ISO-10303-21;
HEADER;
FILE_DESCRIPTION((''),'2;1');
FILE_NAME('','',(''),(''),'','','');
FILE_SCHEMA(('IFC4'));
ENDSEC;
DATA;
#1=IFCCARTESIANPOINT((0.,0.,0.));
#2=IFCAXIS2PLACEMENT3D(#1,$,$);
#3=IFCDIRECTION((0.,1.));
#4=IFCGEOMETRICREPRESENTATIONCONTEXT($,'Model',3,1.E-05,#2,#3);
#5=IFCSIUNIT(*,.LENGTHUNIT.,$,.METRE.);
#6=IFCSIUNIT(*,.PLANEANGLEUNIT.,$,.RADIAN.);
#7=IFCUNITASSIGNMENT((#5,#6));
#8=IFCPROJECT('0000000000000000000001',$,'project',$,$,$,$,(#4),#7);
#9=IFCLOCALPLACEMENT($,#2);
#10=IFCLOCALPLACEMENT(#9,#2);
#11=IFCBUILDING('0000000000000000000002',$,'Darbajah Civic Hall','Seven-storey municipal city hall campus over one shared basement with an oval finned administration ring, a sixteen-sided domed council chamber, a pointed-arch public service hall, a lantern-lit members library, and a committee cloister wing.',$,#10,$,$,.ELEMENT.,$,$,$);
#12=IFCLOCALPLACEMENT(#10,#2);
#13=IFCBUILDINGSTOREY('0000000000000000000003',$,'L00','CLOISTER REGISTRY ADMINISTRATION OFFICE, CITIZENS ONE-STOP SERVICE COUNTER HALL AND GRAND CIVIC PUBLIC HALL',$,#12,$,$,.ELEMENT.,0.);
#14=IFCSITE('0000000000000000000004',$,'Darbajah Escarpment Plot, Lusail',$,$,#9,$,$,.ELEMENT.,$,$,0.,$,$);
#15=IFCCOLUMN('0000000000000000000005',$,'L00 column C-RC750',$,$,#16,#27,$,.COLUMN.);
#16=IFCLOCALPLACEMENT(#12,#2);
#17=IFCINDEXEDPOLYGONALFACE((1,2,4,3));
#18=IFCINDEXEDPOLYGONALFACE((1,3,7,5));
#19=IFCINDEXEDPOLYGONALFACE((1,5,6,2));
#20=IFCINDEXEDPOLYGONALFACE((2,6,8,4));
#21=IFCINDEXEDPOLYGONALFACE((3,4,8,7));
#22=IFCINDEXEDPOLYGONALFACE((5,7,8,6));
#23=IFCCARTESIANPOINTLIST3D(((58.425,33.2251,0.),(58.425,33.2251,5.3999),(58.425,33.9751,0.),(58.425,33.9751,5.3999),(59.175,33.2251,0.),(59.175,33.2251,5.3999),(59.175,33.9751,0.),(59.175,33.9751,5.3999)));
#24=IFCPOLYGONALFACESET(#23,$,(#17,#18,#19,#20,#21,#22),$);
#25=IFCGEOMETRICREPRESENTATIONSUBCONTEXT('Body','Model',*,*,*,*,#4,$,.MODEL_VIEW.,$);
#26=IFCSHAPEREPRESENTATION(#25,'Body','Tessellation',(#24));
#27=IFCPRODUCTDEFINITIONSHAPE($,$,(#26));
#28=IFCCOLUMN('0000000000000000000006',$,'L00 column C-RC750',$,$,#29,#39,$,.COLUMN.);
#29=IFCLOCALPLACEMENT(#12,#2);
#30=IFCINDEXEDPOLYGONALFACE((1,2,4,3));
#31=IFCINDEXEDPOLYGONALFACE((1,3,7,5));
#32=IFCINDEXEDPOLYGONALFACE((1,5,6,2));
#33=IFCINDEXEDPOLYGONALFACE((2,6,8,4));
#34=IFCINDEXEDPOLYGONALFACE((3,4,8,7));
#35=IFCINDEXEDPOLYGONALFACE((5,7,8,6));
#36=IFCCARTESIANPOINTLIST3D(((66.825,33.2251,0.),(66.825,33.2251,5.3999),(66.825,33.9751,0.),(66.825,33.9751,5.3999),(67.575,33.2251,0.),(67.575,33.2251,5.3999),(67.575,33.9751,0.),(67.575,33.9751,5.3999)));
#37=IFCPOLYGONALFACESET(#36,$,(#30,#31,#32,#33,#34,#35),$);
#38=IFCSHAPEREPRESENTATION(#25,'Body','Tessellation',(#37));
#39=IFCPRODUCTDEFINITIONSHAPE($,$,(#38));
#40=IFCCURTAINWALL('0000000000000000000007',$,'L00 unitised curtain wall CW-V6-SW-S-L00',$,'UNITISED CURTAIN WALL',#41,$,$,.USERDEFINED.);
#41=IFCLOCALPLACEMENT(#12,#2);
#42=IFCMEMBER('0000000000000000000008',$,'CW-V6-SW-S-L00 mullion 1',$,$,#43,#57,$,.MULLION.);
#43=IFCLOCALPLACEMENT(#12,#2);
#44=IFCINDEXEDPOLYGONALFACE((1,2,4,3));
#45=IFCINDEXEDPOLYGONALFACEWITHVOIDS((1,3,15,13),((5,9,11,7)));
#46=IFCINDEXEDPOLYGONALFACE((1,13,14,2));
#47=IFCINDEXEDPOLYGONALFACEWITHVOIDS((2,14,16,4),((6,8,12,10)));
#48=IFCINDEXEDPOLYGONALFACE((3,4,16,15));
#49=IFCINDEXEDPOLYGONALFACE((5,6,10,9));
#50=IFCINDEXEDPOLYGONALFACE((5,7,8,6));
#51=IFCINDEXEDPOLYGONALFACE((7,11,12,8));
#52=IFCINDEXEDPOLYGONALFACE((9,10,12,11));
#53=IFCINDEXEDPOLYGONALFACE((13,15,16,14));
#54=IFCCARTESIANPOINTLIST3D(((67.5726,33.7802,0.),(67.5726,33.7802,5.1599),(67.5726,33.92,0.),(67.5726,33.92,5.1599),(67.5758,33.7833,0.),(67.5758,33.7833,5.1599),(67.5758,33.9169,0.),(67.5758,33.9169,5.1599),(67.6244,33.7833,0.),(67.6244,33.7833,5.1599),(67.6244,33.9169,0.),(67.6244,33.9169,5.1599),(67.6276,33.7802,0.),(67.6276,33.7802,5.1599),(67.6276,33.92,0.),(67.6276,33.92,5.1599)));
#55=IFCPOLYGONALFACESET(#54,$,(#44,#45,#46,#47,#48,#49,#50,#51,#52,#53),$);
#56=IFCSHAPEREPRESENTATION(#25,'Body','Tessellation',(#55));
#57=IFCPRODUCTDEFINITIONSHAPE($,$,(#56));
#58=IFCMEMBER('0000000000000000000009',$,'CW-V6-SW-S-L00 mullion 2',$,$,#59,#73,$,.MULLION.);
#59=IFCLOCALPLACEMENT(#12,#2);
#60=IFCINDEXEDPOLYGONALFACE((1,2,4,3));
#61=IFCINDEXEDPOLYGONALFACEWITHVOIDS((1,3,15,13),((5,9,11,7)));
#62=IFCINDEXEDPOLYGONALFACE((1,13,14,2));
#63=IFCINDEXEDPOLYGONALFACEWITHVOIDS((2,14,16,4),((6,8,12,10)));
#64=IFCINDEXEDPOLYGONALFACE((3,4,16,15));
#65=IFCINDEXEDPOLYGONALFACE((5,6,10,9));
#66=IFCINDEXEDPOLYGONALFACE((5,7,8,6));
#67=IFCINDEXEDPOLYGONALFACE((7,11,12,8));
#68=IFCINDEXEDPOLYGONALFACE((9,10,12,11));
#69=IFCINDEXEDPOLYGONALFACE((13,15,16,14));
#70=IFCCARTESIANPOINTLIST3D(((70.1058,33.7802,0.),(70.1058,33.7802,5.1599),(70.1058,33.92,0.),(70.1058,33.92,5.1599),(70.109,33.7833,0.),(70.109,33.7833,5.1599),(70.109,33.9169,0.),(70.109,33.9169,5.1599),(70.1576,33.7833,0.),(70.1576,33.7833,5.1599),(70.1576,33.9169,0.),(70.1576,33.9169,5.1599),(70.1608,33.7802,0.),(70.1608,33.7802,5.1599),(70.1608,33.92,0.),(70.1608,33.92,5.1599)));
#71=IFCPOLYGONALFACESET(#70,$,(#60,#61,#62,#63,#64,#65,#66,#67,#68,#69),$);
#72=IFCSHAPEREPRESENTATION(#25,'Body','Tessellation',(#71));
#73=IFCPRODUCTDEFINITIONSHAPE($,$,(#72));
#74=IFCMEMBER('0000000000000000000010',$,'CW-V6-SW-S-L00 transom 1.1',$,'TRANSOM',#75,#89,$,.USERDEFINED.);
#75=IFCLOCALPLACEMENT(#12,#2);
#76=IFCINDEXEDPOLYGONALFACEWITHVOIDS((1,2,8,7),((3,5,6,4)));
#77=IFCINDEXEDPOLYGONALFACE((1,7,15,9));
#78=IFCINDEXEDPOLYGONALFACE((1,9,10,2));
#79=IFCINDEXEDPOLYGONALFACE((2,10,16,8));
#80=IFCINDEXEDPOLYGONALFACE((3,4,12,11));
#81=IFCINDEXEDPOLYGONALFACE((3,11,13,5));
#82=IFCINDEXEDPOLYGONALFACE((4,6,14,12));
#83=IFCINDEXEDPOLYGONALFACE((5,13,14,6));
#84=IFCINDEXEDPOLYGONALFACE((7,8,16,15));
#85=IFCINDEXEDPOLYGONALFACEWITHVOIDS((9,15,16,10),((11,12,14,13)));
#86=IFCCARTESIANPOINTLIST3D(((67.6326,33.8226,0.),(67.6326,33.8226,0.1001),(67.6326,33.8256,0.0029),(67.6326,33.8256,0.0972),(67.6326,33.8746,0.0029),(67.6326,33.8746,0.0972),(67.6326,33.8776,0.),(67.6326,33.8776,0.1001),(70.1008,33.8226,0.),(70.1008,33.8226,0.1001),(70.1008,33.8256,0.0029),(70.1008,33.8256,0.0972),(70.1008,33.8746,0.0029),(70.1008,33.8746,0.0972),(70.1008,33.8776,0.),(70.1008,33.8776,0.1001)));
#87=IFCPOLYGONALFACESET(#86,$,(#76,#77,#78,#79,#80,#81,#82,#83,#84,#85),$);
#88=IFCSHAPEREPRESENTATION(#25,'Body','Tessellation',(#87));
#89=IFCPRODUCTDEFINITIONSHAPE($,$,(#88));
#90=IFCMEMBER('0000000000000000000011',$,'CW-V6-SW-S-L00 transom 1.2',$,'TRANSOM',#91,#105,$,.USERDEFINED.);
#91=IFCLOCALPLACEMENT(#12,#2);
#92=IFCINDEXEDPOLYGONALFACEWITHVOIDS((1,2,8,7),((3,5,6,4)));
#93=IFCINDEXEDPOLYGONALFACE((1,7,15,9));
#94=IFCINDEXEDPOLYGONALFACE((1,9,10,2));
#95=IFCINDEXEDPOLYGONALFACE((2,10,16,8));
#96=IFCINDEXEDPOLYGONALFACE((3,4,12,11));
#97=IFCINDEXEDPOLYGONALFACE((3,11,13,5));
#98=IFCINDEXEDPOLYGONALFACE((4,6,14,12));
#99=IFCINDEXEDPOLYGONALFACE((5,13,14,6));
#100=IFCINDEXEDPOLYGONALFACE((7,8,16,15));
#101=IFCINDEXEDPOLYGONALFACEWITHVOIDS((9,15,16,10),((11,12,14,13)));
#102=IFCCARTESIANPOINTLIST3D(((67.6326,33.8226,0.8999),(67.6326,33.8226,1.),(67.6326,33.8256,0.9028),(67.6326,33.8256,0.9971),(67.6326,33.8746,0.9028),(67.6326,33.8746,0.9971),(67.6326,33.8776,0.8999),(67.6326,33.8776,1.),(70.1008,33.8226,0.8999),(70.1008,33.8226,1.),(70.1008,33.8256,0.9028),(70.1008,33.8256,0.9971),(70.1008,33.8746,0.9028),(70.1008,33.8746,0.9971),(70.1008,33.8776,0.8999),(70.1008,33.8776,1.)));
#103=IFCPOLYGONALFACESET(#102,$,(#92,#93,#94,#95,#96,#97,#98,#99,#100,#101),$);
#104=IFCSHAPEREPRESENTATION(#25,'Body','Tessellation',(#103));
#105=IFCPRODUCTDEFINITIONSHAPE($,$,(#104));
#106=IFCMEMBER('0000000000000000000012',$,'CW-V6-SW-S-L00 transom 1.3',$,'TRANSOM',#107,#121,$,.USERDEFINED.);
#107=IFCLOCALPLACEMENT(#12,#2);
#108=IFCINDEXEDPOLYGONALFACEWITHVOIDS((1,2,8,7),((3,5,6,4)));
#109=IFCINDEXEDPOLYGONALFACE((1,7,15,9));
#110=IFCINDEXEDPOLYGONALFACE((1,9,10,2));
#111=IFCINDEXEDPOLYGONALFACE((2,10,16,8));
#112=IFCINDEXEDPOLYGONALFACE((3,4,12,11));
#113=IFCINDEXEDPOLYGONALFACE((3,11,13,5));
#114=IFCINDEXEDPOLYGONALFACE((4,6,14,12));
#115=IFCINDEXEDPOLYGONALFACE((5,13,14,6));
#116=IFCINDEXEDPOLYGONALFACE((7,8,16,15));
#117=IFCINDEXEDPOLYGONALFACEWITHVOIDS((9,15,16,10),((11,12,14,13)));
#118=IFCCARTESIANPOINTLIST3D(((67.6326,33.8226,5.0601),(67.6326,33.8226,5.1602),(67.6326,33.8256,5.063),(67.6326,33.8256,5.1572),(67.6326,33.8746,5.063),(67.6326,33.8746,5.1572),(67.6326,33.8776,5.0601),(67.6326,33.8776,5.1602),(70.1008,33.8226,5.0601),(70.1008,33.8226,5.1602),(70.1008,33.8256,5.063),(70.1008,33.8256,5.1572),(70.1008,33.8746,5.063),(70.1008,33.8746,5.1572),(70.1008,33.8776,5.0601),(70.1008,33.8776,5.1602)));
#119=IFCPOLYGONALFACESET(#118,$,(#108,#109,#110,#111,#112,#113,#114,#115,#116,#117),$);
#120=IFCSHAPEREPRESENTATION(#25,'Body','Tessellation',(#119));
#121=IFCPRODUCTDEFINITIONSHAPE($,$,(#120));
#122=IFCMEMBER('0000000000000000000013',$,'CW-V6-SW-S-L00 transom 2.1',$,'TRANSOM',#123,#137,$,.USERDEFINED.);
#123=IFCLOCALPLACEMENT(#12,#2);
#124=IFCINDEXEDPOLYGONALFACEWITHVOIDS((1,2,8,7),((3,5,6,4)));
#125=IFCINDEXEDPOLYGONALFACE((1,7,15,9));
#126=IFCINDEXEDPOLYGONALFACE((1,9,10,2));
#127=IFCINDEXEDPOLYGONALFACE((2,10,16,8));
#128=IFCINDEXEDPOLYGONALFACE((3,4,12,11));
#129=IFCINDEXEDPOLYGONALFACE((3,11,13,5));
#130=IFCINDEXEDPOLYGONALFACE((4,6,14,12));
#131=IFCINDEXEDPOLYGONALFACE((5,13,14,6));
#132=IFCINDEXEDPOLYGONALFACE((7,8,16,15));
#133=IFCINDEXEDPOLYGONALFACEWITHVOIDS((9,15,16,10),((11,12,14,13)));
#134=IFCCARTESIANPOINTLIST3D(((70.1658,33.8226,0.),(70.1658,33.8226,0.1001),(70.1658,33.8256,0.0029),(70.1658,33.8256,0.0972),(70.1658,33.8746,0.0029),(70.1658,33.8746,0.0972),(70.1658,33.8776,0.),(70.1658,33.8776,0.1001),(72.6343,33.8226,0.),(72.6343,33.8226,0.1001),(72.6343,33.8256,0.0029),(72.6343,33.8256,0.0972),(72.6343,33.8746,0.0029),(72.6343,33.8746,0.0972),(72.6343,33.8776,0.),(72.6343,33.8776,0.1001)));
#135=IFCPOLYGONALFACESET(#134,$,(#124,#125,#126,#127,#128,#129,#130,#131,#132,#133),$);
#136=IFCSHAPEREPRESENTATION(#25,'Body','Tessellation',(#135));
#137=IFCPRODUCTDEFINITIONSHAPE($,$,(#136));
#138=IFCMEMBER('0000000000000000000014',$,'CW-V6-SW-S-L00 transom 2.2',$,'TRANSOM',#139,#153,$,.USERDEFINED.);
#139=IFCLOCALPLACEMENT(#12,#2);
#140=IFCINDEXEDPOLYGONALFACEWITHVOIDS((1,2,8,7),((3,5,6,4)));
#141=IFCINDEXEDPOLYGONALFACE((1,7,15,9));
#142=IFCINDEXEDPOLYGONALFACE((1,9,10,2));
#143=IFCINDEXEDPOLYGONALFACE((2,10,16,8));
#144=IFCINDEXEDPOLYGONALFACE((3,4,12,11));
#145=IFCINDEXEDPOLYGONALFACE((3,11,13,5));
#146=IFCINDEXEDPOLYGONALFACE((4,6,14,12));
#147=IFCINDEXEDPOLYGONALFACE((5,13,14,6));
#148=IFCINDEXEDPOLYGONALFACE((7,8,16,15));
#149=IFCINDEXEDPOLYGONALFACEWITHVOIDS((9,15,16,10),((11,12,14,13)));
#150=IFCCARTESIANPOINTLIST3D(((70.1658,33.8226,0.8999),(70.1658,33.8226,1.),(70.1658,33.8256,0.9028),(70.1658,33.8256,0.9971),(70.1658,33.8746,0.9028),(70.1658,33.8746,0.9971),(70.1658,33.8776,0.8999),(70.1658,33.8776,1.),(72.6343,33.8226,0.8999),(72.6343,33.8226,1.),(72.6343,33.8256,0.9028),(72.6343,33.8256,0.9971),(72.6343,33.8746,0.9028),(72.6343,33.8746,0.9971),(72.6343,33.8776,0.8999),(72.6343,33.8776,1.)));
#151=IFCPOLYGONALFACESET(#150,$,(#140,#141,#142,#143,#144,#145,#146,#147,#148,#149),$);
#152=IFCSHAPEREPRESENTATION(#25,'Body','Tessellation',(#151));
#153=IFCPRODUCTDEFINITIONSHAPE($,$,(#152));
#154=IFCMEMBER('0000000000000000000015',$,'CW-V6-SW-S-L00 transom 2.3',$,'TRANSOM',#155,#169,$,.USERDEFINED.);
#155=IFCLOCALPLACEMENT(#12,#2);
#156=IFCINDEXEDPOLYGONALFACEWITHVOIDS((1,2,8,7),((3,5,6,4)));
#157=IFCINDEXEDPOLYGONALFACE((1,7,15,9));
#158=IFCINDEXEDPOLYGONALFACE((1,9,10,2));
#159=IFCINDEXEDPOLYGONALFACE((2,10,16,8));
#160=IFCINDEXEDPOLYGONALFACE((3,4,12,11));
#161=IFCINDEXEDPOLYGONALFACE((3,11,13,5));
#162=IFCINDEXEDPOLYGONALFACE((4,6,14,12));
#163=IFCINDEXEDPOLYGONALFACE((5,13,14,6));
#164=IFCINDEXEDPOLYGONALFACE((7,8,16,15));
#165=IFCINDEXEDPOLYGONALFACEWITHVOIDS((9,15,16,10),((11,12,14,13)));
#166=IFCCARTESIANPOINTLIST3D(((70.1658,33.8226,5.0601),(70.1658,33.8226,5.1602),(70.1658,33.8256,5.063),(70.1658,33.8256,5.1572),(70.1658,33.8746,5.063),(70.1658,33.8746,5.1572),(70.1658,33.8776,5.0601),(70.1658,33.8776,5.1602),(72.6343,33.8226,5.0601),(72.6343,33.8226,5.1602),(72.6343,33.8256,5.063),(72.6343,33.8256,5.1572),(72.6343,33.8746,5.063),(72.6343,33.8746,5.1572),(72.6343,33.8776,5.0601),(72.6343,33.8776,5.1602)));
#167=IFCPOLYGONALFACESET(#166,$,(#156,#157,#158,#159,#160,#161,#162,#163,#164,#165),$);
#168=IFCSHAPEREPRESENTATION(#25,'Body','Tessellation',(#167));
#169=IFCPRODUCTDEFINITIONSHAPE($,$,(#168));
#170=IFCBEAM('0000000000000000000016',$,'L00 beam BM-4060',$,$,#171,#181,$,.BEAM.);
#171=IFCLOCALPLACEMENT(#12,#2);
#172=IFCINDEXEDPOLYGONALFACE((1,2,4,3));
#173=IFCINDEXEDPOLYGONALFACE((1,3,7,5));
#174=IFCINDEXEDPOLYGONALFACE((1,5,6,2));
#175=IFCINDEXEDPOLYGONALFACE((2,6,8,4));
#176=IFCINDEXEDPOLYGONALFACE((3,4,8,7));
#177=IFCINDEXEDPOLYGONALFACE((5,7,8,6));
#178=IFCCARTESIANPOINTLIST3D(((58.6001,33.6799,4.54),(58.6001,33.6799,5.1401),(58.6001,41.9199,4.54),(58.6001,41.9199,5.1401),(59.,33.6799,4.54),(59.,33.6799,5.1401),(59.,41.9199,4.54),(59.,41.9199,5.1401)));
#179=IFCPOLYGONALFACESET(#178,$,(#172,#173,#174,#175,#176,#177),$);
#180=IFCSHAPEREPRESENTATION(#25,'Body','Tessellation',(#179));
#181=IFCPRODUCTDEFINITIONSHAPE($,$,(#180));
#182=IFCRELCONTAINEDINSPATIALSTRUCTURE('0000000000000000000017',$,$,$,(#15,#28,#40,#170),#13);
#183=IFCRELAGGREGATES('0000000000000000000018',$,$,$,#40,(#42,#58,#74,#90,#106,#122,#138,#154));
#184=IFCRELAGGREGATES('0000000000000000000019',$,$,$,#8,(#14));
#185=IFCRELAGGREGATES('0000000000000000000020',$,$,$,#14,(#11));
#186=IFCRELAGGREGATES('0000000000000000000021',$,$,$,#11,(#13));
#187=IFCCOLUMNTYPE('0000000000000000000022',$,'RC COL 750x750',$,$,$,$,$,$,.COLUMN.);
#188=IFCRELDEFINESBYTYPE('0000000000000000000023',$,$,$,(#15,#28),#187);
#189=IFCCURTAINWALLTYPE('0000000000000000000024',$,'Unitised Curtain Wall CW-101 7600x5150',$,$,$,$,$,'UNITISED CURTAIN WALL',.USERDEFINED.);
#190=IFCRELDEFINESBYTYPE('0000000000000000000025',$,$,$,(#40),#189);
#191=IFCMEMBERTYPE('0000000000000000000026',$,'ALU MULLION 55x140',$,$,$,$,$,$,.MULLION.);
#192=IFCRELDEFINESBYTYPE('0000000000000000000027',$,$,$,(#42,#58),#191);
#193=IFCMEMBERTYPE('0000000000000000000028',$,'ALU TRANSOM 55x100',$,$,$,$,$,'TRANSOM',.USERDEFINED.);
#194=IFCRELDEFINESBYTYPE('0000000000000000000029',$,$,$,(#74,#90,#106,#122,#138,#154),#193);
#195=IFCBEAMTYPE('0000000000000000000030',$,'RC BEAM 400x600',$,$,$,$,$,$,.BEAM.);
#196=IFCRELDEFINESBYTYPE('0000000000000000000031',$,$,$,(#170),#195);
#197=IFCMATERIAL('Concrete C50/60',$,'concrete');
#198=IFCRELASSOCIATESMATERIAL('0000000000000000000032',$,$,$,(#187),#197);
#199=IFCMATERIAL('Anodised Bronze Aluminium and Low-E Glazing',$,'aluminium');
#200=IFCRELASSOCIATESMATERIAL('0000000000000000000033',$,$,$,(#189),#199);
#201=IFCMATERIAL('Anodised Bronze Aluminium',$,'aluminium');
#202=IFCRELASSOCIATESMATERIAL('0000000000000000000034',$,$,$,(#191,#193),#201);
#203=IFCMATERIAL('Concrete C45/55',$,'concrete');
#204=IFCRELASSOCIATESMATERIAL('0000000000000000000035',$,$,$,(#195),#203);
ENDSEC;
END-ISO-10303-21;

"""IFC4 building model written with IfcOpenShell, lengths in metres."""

from ifc_helpers import new_model, si_unit, direction, frame, origin, origin_2d, place, context, subcontext, project, spatial, rectangle, hollow_rectangle, extrude, material, material_profile, profile_set, type_object, element, aggregate, save


model = new_model("IFC4")

# Units and contexts
model_context = context("Model", 3, precision=1e-05, world=origin(), true_north=direction((0.0, 1.0)))
body_context = subcontext(model_context, "Body", "Model", "MODEL_VIEW")
ifc_project = project(units=[si_unit("LENGTHUNIT", "METRE"), si_unit("PLANEANGLEUNIT", "RADIAN")], contexts=[model_context])

# Site, building, storey
site_placement = place(None, origin())
site = spatial("IfcSite", under=ifc_project, at=site_placement, Name="Darbajah Escarpment Plot, Lusail", CompositionType="ELEMENT", RefElevation=0.0)
building_placement = place(site_placement, origin())
building = spatial("IfcBuilding", under=site, at=building_placement, Name="Darbajah Civic Hall", Description="Seven-storey municipal city hall campus over one shared basement with an oval finned administration ring, a sixteen-sided domed council chamber, a pointed-arch public service hall, a lantern-lit members library, and a committee cloister wing.", CompositionType="ELEMENT")
storey_placement = place(building_placement, origin())
storey = spatial("IfcBuildingStorey", under=building, at=storey_placement, Name="L00", Description="CLOISTER REGISTRY ADMINISTRATION OFFICE, CITIZENS ONE-STOP SERVICE COUNTER HALL AND GRAND CIVIC PUBLIC HALL", CompositionType="ELEMENT", Elevation=0.0)

# Columns
ifc_material_1 = material(Name="Concrete C50/60", Category="concrete")
ifc_material_profile_1 = material_profile(ifc_material_1, rectangle(XDim=0.75, YDim=0.75, at=origin_2d()), Name="RC COL 750x750")
ifc_profile_set_1 = profile_set([ifc_material_profile_1], Name="Concrete C50/60")
column_type = type_object("IfcColumnType", Name="RC COL 750x750", PredefinedType="COLUMN", material=ifc_profile_set_1)
for number, where, z_axis, x_axis, name in (
    (1, (58.8, 33.6001, 0.0), (0.0, 0.0, 1.0), (1.0, 0.0, 0.0), "L00 column C-RC750"),
    (2, (67.2, 33.6001, 0.0), (0.0, 0.0, 1.0), (1.0, 0.0, 0.0), "L00 column C-RC750"),
):
    element("IfcColumn", number, at=place(storey_placement, frame(where, z_axis=z_axis, x_axis=x_axis)), inside=storey, type_object=column_type, Name=name, PredefinedType="COLUMN", context=body_context, shape_type="SweptSolid", body=[
        extrude(rectangle(XDim=0.75, YDim=0.75, at=origin_2d()), origin(), (0.0, 0.0, 1.0), 5.3999),
    ])

# Curtain wall, members
ifc_material_2 = material(Name="Anodised Bronze Aluminium and Low-E Glazing", Category="aluminium")
curtain_wall_type = type_object("IfcCurtainWallType", Name="Unitised Curtain Wall CW-101 7600x5150", ElementType="UNITISED CURTAIN WALL", PredefinedType="USERDEFINED", material=ifc_material_2)
curtain_wall_placement = place(storey_placement, origin())
curtain_wall = element("IfcCurtainWall", 3, at=curtain_wall_placement, inside=storey, type_object=curtain_wall_type, Name="L00 unitised curtain wall CW-V6-SW-S-L00", ObjectType="UNITISED CURTAIN WALL", PredefinedType="USERDEFINED")
ifc_material_3 = material(Name="Anodised Bronze Aluminium", Category="aluminium")
ifc_material_profile_2 = material_profile(ifc_material_3, hollow_rectangle(XDim=0.0549, YDim=0.1399, WallThickness=0.0032, at=origin_2d()), Name="ALU MULLION 55x140")
ifc_profile_set_2 = profile_set([ifc_material_profile_2], Name="Anodised Bronze Aluminium")
member_type_1 = type_object("IfcMemberType", Name="ALU MULLION 55x140", PredefinedType="MULLION", material=ifc_profile_set_2)
member_1_placement = place(storey_placement, frame((67.6001, 33.8501, 0.0), z_axis=(0.0, 0.0, 1.0), x_axis=(1.0, 0.0, 0.0)))
member_1 = element("IfcMember", 4, at=member_1_placement, type_object=member_type_1, Name="CW-V6-SW-S-L00 mullion 1", PredefinedType="MULLION", context=body_context, shape_type="SweptSolid", body=[
    extrude(hollow_rectangle(XDim=0.0549, YDim=0.1399, WallThickness=0.0032, at=origin_2d()), origin(), (0.0, 0.0, 1.0), 5.1599),
])
member_2_placement = place(storey_placement, frame((70.1333, 33.8501, 0.0), z_axis=(0.0, 0.0, 1.0), x_axis=(1.0, 0.0, 0.0)))
member_2 = element("IfcMember", 5, at=member_2_placement, type_object=member_type_1, Name="CW-V6-SW-S-L00 mullion 2", PredefinedType="MULLION", context=body_context, shape_type="SweptSolid", body=[
    extrude(hollow_rectangle(XDim=0.0549, YDim=0.1399, WallThickness=0.0032, at=origin_2d()), origin(), (0.0, 0.0, 1.0), 5.1599),
])
ifc_material_profile_3 = material_profile(ifc_material_3, hollow_rectangle(XDim=0.0549, YDim=0.1001, WallThickness=0.0029, at=origin_2d()), Name="ALU TRANSOM 55x100")
ifc_profile_set_3 = profile_set([ifc_material_profile_3], Name="Anodised Bronze Aluminium")
member_type_2 = type_object("IfcMemberType", Name="ALU TRANSOM 55x100", ElementType="TRANSOM", PredefinedType="USERDEFINED", material=ifc_profile_set_3)
member_3_placement = place(storey_placement, frame((67.6326, 33.8501, 0.05), z_axis=(1.0, 0.0, 0.0), x_axis=(0.0, 1.0, 0.0)))
member_3 = element("IfcMember", 6, at=member_3_placement, type_object=member_type_2, Name="CW-V6-SW-S-L00 transom 1.1", ObjectType="TRANSOM", PredefinedType="USERDEFINED", context=body_context, shape_type="SweptSolid", body=[
    extrude(hollow_rectangle(XDim=0.0549, YDim=0.1001, WallThickness=0.0029, at=origin_2d()), origin(), (0.0, 0.0, 1.0), 2.4683),
])
member_4_placement = place(storey_placement, frame((67.6326, 33.8501, 0.95), z_axis=(1.0, 0.0, 0.0), x_axis=(0.0, 1.0, 0.0)))
member_4 = element("IfcMember", 7, at=member_4_placement, type_object=member_type_2, Name="CW-V6-SW-S-L00 transom 1.2", ObjectType="TRANSOM", PredefinedType="USERDEFINED", context=body_context, shape_type="SweptSolid", body=[
    extrude(hollow_rectangle(XDim=0.0549, YDim=0.1001, WallThickness=0.0029, at=origin_2d()), origin(), (0.0, 0.0, 1.0), 2.4683),
])
member_5_placement = place(storey_placement, frame((67.6326, 33.8501, 5.1101), z_axis=(1.0, 0.0, 0.0), x_axis=(0.0, 1.0, 0.0)))
member_5 = element("IfcMember", 8, at=member_5_placement, type_object=member_type_2, Name="CW-V6-SW-S-L00 transom 1.3", ObjectType="TRANSOM", PredefinedType="USERDEFINED", context=body_context, shape_type="SweptSolid", body=[
    extrude(hollow_rectangle(XDim=0.0549, YDim=0.1001, WallThickness=0.0029, at=origin_2d()), origin(), (0.0, 0.0, 1.0), 2.4683),
])
member_6_placement = place(storey_placement, frame((70.1658, 33.8501, 0.05), z_axis=(1.0, 0.0, 0.0), x_axis=(0.0, 1.0, 0.0)))
member_6 = element("IfcMember", 9, at=member_6_placement, type_object=member_type_2, Name="CW-V6-SW-S-L00 transom 2.1", ObjectType="TRANSOM", PredefinedType="USERDEFINED", context=body_context, shape_type="SweptSolid", body=[
    extrude(hollow_rectangle(XDim=0.0549, YDim=0.1001, WallThickness=0.0029, at=origin_2d()), origin(), (0.0, 0.0, 1.0), 2.4685),
])
member_7_placement = place(storey_placement, frame((70.1658, 33.8501, 0.95), z_axis=(1.0, 0.0, 0.0), x_axis=(0.0, 1.0, 0.0)))
member_7 = element("IfcMember", 10, at=member_7_placement, type_object=member_type_2, Name="CW-V6-SW-S-L00 transom 2.2", ObjectType="TRANSOM", PredefinedType="USERDEFINED", context=body_context, shape_type="SweptSolid", body=[
    extrude(hollow_rectangle(XDim=0.0549, YDim=0.1001, WallThickness=0.0029, at=origin_2d()), origin(), (0.0, 0.0, 1.0), 2.4685),
])
member_8_placement = place(storey_placement, frame((70.1658, 33.8501, 5.1101), z_axis=(1.0, 0.0, 0.0), x_axis=(0.0, 1.0, 0.0)))
member_8 = element("IfcMember", 11, at=member_8_placement, type_object=member_type_2, Name="CW-V6-SW-S-L00 transom 2.3", ObjectType="TRANSOM", PredefinedType="USERDEFINED", context=body_context, shape_type="SweptSolid", body=[
    extrude(hollow_rectangle(XDim=0.0549, YDim=0.1001, WallThickness=0.0029, at=origin_2d()), origin(), (0.0, 0.0, 1.0), 2.4685),
])

# Beam
ifc_material_4 = material(Name="Concrete C45/55", Category="concrete")
ifc_material_profile_4 = material_profile(ifc_material_4, rectangle(XDim=0.3999, YDim=0.6001, at=origin_2d()), Name="RC BEAM 400x600")
ifc_profile_set_4 = profile_set([ifc_material_profile_4], Name="Concrete C45/55")
beam_type_1 = type_object("IfcBeamType", Name="RC BEAM 400x600", PredefinedType="BEAM", material=ifc_profile_set_4)
beam_1_placement = place(storey_placement, frame((58.8, 33.6799, 4.8401), z_axis=(0.0, 1.0, 0.0), x_axis=(-1.0, 0.0, 0.0)))
element("IfcBeam", 12, at=beam_1_placement, inside=storey, type_object=beam_type_1, Name="L00 beam BM-4060", PredefinedType="BEAM", context=body_context, shape_type="SweptSolid", body=[
    extrude(rectangle(XDim=0.3999, YDim=0.6001, at=origin_2d()), origin(), (0.0, 0.0, 1.0), 8.24),
])

aggregate(curtain_wall, [member_1, member_2, member_3, member_4, member_5, member_6, member_7, member_8])

save(model, "model.ifc")
